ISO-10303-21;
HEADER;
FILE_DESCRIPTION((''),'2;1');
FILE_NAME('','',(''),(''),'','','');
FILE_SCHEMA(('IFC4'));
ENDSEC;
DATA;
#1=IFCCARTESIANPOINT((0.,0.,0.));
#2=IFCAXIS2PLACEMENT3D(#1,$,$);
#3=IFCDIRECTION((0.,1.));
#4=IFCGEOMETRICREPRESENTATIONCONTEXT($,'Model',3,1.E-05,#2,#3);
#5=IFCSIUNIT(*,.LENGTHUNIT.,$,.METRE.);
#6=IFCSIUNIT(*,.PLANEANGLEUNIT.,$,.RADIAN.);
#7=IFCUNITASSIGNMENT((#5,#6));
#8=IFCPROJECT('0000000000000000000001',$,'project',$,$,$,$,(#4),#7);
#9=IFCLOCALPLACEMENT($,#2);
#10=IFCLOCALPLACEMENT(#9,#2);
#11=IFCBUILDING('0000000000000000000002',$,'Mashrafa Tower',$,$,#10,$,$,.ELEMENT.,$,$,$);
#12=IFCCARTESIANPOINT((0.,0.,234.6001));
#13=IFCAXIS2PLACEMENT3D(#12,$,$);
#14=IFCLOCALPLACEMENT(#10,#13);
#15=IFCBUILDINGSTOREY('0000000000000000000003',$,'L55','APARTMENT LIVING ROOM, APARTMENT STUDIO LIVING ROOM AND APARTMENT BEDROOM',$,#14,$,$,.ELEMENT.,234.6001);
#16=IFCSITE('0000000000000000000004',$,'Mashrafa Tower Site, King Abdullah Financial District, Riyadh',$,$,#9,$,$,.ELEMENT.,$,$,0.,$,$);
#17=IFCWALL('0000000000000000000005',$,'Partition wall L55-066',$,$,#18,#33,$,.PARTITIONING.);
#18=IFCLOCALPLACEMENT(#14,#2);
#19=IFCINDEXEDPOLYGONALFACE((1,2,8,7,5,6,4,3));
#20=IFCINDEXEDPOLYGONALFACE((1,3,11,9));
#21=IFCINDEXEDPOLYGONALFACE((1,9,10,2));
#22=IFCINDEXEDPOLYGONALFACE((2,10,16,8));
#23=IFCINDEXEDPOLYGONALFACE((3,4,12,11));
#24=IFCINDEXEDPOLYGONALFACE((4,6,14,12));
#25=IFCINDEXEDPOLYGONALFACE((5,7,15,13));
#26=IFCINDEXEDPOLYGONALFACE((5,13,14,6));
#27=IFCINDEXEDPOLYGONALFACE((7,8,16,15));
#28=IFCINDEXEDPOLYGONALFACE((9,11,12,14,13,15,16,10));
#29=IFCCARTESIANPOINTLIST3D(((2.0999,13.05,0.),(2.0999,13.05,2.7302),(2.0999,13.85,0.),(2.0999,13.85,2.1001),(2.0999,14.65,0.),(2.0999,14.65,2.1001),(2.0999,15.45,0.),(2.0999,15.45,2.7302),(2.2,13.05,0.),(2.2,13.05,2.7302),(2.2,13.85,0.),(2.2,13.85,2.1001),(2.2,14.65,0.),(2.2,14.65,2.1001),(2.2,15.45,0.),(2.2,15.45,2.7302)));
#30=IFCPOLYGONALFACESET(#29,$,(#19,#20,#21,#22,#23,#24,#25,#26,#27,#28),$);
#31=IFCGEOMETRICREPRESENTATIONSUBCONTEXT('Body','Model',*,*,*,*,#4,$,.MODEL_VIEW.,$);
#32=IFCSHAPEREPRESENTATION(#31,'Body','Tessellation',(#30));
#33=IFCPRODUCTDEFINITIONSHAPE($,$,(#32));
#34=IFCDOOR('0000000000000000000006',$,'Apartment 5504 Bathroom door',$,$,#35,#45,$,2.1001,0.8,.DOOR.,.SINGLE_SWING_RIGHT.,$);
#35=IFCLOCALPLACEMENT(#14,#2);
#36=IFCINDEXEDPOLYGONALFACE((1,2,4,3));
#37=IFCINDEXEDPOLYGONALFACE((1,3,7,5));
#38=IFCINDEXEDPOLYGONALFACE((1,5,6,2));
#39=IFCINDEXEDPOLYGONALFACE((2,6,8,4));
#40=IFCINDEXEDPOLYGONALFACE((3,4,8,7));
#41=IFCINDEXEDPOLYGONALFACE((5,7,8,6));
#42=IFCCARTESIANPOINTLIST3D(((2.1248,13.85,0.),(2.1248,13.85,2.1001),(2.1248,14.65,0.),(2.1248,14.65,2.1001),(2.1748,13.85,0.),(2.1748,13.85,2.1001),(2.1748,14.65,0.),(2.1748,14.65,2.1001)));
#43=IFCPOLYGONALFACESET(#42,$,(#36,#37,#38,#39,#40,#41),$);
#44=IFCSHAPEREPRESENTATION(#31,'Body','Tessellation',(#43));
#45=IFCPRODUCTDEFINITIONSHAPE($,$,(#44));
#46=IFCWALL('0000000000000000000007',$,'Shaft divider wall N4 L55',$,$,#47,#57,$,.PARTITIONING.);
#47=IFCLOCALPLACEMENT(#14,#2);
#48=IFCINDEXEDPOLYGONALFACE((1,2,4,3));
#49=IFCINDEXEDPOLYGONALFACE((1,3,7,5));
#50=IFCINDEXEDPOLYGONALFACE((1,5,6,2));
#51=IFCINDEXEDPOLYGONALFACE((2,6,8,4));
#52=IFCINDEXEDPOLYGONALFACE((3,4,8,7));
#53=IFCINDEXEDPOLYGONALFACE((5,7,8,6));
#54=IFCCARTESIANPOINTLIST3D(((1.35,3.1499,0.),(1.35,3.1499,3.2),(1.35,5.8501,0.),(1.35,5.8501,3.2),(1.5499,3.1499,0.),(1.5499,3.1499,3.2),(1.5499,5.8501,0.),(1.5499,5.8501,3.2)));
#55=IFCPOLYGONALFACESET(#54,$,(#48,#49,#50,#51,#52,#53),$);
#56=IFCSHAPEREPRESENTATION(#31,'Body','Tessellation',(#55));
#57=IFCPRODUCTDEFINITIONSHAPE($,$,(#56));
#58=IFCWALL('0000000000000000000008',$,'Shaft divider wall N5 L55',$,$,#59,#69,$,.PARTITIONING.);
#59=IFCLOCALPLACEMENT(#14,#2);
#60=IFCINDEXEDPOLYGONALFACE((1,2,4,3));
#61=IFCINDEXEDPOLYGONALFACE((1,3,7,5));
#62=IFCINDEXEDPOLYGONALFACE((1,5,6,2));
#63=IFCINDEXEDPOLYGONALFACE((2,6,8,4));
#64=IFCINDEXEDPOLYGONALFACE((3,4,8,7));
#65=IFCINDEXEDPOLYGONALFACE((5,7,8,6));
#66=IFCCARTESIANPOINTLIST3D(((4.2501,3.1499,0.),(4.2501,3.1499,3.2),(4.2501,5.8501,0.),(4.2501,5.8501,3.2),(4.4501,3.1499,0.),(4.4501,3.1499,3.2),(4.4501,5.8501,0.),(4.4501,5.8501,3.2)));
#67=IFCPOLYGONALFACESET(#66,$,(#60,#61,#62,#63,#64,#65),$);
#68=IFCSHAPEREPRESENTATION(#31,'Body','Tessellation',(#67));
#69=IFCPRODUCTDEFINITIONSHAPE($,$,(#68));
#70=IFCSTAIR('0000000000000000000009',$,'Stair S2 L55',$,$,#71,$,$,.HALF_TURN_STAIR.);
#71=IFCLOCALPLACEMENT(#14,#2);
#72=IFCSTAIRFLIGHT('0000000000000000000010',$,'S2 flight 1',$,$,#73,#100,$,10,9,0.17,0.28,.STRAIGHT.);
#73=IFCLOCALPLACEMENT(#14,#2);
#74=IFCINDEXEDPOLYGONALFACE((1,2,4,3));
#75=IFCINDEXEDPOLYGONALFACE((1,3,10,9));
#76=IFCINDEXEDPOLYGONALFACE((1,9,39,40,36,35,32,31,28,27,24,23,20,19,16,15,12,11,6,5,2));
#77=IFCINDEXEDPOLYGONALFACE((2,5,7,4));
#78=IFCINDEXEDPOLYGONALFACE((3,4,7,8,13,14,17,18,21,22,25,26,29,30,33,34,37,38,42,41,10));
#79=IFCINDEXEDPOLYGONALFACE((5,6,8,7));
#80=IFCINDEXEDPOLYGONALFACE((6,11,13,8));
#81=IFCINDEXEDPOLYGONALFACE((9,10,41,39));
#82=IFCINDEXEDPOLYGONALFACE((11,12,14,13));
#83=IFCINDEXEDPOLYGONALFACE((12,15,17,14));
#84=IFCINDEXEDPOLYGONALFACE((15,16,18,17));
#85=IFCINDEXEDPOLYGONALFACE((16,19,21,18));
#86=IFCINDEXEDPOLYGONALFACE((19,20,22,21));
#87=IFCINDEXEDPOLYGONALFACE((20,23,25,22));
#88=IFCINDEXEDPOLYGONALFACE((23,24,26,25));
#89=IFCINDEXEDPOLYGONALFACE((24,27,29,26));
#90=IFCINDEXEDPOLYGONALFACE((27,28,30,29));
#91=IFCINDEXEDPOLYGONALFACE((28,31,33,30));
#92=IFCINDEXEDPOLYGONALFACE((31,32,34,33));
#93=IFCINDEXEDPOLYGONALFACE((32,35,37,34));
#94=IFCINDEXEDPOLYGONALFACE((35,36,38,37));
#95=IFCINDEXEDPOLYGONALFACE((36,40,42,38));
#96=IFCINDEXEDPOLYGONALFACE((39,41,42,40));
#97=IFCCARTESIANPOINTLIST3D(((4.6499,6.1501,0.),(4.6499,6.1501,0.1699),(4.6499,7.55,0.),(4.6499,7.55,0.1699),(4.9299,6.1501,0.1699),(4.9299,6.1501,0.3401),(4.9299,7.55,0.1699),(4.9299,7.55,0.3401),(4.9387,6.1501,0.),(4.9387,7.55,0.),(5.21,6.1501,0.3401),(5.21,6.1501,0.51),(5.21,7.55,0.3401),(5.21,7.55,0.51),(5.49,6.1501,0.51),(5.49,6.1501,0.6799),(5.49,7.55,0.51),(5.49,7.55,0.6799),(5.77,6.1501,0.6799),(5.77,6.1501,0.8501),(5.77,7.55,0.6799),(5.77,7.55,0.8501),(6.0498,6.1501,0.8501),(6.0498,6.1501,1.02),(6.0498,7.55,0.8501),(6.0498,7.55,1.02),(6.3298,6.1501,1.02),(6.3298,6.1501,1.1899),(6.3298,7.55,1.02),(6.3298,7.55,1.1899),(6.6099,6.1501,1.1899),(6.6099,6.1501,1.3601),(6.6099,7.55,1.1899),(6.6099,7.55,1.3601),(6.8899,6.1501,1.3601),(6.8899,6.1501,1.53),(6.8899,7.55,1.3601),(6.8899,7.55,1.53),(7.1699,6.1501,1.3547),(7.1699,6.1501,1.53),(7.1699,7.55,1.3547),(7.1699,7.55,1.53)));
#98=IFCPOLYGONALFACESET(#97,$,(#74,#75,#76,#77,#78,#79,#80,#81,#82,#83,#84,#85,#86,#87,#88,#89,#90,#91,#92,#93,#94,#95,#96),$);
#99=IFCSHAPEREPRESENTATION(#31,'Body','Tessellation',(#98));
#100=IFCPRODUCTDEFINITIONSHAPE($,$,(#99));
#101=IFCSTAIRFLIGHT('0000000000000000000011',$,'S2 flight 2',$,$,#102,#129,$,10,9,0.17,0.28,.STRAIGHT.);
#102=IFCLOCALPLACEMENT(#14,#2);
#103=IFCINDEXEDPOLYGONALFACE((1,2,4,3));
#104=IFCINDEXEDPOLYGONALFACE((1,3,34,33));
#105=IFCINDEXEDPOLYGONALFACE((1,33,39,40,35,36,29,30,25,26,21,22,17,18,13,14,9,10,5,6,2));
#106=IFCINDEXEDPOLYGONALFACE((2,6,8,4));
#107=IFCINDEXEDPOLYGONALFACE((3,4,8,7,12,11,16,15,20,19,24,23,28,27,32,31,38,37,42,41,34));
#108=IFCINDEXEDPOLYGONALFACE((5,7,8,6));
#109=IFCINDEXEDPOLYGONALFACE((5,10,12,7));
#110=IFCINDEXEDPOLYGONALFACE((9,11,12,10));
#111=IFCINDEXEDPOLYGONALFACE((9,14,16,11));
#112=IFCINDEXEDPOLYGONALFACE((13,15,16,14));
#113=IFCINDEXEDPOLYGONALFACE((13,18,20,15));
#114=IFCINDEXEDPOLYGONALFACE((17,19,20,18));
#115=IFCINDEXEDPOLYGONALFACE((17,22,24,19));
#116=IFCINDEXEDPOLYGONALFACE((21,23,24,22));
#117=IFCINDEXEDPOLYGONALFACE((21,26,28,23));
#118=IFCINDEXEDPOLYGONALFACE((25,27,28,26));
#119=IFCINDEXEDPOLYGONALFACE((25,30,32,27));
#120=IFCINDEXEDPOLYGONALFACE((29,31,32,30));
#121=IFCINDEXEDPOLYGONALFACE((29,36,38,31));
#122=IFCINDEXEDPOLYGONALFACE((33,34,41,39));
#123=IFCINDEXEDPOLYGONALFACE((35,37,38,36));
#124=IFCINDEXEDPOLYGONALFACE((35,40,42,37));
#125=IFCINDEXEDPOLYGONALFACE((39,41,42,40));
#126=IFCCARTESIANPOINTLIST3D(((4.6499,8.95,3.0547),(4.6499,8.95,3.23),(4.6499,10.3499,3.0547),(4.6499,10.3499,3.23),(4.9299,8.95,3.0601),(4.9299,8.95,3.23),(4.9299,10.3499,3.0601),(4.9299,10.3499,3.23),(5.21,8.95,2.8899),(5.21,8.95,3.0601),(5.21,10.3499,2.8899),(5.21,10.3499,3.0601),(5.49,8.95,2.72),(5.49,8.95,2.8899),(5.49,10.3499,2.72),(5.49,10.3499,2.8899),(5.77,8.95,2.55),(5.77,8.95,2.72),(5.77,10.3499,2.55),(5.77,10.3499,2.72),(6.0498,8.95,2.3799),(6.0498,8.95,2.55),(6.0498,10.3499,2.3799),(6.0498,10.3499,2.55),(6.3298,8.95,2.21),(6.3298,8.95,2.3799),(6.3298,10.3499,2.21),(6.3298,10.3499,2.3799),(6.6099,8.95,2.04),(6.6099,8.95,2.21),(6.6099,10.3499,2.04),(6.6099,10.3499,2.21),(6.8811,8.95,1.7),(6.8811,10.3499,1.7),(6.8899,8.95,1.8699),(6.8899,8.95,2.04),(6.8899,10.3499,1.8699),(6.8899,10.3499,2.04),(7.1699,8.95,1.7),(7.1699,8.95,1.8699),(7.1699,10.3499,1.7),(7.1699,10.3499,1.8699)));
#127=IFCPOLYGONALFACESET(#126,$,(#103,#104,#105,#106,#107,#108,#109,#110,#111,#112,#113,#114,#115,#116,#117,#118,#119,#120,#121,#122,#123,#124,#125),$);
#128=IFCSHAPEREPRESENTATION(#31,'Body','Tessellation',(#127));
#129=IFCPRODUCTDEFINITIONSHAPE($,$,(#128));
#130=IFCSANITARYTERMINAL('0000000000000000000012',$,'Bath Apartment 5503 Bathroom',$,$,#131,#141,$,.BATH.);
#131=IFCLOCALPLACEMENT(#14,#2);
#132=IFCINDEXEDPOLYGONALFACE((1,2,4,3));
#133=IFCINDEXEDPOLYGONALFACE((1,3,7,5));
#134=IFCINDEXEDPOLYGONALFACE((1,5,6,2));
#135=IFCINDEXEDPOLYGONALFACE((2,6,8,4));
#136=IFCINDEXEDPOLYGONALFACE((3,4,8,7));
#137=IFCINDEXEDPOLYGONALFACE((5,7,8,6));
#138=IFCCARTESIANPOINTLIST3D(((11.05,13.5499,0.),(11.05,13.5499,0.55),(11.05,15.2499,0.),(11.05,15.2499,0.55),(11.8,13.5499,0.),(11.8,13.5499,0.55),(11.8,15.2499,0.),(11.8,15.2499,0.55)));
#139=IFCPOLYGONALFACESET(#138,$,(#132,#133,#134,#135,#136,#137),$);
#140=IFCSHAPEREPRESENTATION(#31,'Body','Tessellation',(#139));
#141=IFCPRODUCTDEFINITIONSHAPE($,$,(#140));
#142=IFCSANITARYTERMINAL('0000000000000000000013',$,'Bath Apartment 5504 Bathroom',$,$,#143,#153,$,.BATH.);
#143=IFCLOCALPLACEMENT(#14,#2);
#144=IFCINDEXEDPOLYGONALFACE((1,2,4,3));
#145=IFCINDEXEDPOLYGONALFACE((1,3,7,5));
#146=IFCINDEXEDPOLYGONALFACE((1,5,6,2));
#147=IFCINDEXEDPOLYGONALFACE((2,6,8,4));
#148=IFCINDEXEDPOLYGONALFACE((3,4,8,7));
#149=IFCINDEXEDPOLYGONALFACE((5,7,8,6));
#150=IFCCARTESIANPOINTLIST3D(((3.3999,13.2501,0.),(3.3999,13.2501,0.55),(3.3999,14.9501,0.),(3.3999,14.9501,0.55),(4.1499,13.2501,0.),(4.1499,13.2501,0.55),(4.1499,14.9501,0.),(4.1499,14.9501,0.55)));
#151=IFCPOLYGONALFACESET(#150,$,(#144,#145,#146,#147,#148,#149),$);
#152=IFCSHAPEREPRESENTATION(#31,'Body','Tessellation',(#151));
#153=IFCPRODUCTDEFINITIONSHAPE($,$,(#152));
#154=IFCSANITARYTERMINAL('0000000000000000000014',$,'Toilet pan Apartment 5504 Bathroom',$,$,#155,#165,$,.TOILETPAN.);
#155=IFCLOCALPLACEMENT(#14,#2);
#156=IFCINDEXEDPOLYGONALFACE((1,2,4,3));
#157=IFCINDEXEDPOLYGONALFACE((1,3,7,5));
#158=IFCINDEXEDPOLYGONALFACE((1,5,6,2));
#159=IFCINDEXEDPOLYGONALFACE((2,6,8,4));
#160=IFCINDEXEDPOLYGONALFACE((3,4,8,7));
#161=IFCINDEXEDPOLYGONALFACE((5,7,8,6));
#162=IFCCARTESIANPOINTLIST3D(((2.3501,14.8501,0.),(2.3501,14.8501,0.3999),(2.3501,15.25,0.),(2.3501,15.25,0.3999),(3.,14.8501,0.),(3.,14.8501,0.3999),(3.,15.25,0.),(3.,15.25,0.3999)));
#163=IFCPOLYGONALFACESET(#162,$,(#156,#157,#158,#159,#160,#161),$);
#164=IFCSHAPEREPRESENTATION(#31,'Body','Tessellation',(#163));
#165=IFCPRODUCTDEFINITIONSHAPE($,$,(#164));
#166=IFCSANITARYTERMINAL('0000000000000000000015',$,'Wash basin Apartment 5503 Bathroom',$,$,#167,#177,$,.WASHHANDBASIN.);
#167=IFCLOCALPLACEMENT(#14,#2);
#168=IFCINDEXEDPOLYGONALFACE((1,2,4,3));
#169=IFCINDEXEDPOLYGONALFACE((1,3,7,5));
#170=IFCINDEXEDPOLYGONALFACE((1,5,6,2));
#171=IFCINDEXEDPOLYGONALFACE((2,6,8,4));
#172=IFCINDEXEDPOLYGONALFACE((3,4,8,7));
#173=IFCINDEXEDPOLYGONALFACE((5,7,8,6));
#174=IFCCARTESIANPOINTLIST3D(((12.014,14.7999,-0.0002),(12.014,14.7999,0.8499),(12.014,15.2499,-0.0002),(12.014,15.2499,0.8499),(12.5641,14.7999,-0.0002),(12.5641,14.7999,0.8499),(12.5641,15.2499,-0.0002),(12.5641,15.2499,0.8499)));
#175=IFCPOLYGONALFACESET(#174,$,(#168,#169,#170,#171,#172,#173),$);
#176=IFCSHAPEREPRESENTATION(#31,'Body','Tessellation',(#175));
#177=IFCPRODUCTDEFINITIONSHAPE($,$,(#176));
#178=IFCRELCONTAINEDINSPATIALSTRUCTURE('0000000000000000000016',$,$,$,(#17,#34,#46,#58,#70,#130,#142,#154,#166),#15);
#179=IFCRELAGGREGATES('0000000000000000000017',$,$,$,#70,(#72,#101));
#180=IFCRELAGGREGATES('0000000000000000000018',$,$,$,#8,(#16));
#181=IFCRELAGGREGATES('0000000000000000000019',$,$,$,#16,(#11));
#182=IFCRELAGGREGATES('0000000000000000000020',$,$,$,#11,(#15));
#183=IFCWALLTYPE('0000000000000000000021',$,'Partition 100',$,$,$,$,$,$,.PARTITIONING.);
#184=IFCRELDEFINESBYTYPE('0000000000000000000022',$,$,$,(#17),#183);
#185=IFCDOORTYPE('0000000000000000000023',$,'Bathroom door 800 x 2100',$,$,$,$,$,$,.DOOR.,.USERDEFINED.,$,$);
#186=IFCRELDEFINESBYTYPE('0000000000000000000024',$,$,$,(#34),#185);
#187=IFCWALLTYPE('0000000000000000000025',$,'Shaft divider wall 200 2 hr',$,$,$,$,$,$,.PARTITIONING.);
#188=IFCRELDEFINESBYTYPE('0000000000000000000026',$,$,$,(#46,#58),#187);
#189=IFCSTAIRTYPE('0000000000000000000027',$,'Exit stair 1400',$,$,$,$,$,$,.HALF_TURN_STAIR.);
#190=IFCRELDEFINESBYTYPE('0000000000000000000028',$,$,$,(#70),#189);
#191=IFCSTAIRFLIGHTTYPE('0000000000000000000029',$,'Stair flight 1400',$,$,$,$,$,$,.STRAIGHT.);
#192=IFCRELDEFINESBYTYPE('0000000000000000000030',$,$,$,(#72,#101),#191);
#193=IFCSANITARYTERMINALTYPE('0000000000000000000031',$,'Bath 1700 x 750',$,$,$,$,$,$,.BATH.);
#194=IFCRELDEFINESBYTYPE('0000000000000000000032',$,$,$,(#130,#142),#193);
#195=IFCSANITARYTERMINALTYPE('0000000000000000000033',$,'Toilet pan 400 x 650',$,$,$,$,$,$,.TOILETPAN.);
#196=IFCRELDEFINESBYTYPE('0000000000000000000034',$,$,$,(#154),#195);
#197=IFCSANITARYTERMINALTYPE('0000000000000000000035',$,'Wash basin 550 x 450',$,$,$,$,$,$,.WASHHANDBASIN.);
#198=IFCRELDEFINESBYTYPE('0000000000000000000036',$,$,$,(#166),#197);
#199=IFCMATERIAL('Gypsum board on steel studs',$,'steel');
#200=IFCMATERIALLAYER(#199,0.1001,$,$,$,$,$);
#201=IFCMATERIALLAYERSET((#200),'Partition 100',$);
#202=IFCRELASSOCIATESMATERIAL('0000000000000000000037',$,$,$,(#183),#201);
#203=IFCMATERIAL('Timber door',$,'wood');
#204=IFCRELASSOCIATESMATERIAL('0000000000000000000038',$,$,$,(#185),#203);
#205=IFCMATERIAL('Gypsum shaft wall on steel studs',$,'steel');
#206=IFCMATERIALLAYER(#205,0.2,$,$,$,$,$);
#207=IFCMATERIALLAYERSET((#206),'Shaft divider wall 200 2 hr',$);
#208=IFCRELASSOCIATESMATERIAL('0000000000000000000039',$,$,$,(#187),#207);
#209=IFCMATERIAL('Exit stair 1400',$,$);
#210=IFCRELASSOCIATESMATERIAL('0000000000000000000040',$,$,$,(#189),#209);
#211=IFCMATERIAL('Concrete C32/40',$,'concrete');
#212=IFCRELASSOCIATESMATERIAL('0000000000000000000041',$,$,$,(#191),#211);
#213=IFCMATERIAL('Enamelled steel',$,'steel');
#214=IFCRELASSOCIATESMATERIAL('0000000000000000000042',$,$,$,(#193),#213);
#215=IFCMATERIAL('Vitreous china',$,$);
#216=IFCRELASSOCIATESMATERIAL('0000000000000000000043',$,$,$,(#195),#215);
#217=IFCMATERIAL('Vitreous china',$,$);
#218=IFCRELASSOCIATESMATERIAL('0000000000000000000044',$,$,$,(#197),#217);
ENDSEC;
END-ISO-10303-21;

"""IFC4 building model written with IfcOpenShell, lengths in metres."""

from ifc_helpers import new_model, si_unit, direction, frame, frame_2d, origin, origin_2d, place, context, subcontext, project, spatial, polyline, rectangle, outline, extrude, material, layer, layer_set, type_object, element, fill, aggregate, save


model = new_model("IFC4")

# Units and contexts
model_context = context("Model", 3, precision=1e-05, world=origin(), true_north=direction((0.0, 1.0)))
body_context = subcontext(model_context, "Body", "Model", "MODEL_VIEW")
ifc_project = project(units=[si_unit("LENGTHUNIT", "METRE"), si_unit("PLANEANGLEUNIT", "RADIAN")], contexts=[model_context])

# Site, building, storey
site_placement = place(None, origin())
site = spatial("IfcSite", under=ifc_project, at=site_placement, Name="Mashrafa Tower Site, King Abdullah Financial District, Riyadh", CompositionType="ELEMENT", RefElevation=0.0)
building_placement = place(site_placement, origin())
building = spatial("IfcBuilding", under=site, at=building_placement, Name="Mashrafa Tower", CompositionType="ELEMENT")
storey_placement = place(building_placement, frame((0.0, 0.0, 234.6001)))
storey = spatial("IfcBuildingStorey", under=building, at=storey_placement, Name="L55", Description="APARTMENT LIVING ROOM, APARTMENT STUDIO LIVING ROOM AND APARTMENT BEDROOM", CompositionType="ELEMENT", Elevation=234.6001)

# Shared definitions
ifc_material_1 = material(Name="Gypsum board on steel studs", Category="steel")
ifc_layer_1 = layer(ifc_material_1, 0.1001)
ifc_layer_set_1 = layer_set([ifc_layer_1], Name="Partition 100")
wall_type_1 = type_object("IfcWallType", Name="Partition 100", PredefinedType="PARTITIONING", material=ifc_layer_set_1)

# Wall, opening, door
wall_1_placement = place(storey_placement, frame((2.1499, 15.45, 0.0), z_axis=(0.0, 0.0, 1.0), x_axis=(0.0, -1.0, 0.0)))
wall_1 = element("IfcWall", 1, at=wall_1_placement, inside=storey, type_object=wall_type_1, Name="Partition wall L55-066", PredefinedType="PARTITIONING", context=body_context, shape_type="SweptSolid", body=[
    extrude(rectangle(XDim=2.3999, YDim=0.1001, at=frame_2d((1.2, 0.0))), origin(), (0.0, 0.0, 1.0), 2.7302),
])
opening_1_placement = place(wall_1_placement, frame((0.8, 0.0, 0.0)))
opening_1 = element("IfcOpeningElement", 2, at=opening_1_placement, cuts=wall_1, PredefinedType="OPENING", context=body_context, shape_type="SweptSolid", body=[
    extrude(rectangle(XDim=0.8, YDim=2.1001, at=frame_2d((0.3999, 1.05))), frame((0.0, 0.0601, 0.0), z_axis=(0.0, -1.0, 0.0), x_axis=(1.0, 0.0, 0.0)), (0.0, 0.0, 1.0), 0.1201),
])
ifc_material_2 = material(Name="Timber door", Category="wood")
door_type_1 = type_object("IfcDoorType", Name="Bathroom door 800 x 2100", OperationType="USERDEFINED", PredefinedType="DOOR", material=ifc_material_2)
door_1_placement = place(opening_1_placement, origin())
door_1 = element("IfcDoor", 3, at=door_1_placement, inside=storey, type_object=door_type_1, Name="Apartment 5504 Bathroom door", OperationType="SINGLE_SWING_RIGHT", OverallHeight=2.1001, OverallWidth=0.8, PredefinedType="DOOR", context=body_context, shape_type="SweptSolid", body=[
    extrude(rectangle(XDim=0.8, YDim=2.1001, at=frame_2d((0.3999, 1.05))), frame((0.0, 0.0249, 0.0), z_axis=(0.0, -1.0, 0.0), x_axis=(1.0, 0.0, 0.0)), (0.0, 0.0, 1.0), 0.05),
])
fill(opening_1, door_1)

# Walls
ifc_material_3 = material(Name="Gypsum shaft wall on steel studs", Category="steel")
ifc_layer_2 = layer(ifc_material_3, 0.2)
ifc_layer_set_2 = layer_set([ifc_layer_2], Name="Shaft divider wall 200 2 hr")
wall_type_2 = type_object("IfcWallType", Name="Shaft divider wall 200 2 hr", PredefinedType="PARTITIONING", material=ifc_layer_set_2)
for number, where, z_axis, x_axis, name in (
    (4, (1.45, 3.1499, 0.0), (0.0, 0.0, 1.0), (0.0, 1.0, 0.0), "Shaft divider wall N4 L55"),
    (5, (4.3501, 3.1499, 0.0), (0.0, 0.0, 1.0), (0.0, 1.0, 0.0), "Shaft divider wall N5 L55"),
):
    element("IfcWall", number, at=place(storey_placement, frame(where, z_axis=z_axis, x_axis=x_axis)), inside=storey, type_object=wall_type_2, Name=name, PredefinedType="PARTITIONING", context=body_context, shape_type="SweptSolid", body=[
        extrude(rectangle(XDim=2.7002, YDim=0.2, at=frame_2d((1.3501, 0.0))), origin(), (0.0, 0.0, 1.0), 3.2),
    ])

# Stair, stair flights
ifc_material_4 = material(Name="Exit stair 1400")
stair_type = type_object("IfcStairType", Name="Exit stair 1400", PredefinedType="HALF_TURN_STAIR", material=ifc_material_4)
stair_placement = place(storey_placement, origin())
stair = element("IfcStair", 6, at=stair_placement, inside=storey, type_object=stair_type, Name="Stair S2 L55", PredefinedType="HALF_TURN_STAIR")
ifc_material_5 = material(Name="Concrete C32/40", Category="concrete")
stair_flight_type = type_object("IfcStairFlightType", Name="Stair flight 1400", PredefinedType="STRAIGHT", material=ifc_material_5)
stair_flight_1_placement = place(storey_placement, frame((4.6499, 6.8501, 0.0), z_axis=(0.0, 0.0, 1.0), x_axis=(1.0, 0.0, 0.0)))
stair_flight_1 = element("IfcStairFlight", 7, at=stair_flight_1_placement, type_object=stair_flight_type, Name="S2 flight 1", NumberOfRisers=10, NumberOfTreads=9, PredefinedType="STRAIGHT", RiserHeight=0.17, TreadLength=0.28, context=body_context, shape_type="SweptSolid", body=[
    extrude(outline(polyline([(0.0, 0.0), (0.0, 0.1699), (0.28, 0.1699), (0.28, 0.3401), (0.5601, 0.3401), (0.5601, 0.51), (0.8401, 0.51), (0.8401, 0.6799), (1.1201, 0.6799), (1.1201, 0.8501), (1.3999, 0.8501), (1.3999, 1.02), (1.6799, 1.02), (1.6799, 1.1899), (1.96, 1.1899), (1.96, 1.3601), (2.24, 1.3601), (2.24, 1.53), (2.52, 1.53), (2.52, 1.7), (2.52, 1.3547), (0.2888, 0.0), (0.0, 0.0)])), frame((0.0, 0.7, 0.0), z_axis=(0.0, -1.0, 0.0), x_axis=(1.0, 0.0, 0.0)), (0.0, 0.0, 1.0), 1.3999),
])
stair_flight_2_placement = place(storey_placement, frame((7.1699, 9.6499, 1.7), z_axis=(0.0, 0.0, 1.0), x_axis=(-1.0, 0.0, 0.0)))
stair_flight_2 = element("IfcStairFlight", 8, at=stair_flight_2_placement, type_object=stair_flight_type, Name="S2 flight 2", NumberOfRisers=10, NumberOfTreads=9, PredefinedType="STRAIGHT", RiserHeight=0.17, TreadLength=0.28, context=body_context, shape_type="SweptSolid", body=[
    extrude(outline(polyline([(0.0, 0.0), (0.0, 0.1699), (0.28, 0.1699), (0.28, 0.3401), (0.5601, 0.3401), (0.5601, 0.51), (0.8401, 0.51), (0.8401, 0.6799), (1.1201, 0.6799), (1.1201, 0.8501), (1.3999, 0.8501), (1.3999, 1.02), (1.6799, 1.02), (1.6799, 1.1899), (1.96, 1.1899), (1.96, 1.3601), (2.24, 1.3601), (2.24, 1.53), (2.52, 1.53), (2.52, 1.7), (2.52, 1.3547), (0.2888, 0.0), (0.0, 0.0)])), frame((0.0, 0.7, 0.0), z_axis=(0.0, -1.0, 0.0), x_axis=(1.0, 0.0, 0.0)), (0.0, 0.0, 1.0), 1.3999),
])
aggregate(stair, [stair_flight_1, stair_flight_2])

# Sanitary terminals
ifc_material_6 = material(Name="Enamelled steel", Category="steel")
sanitary_terminal_type_1 = type_object("IfcSanitaryTerminalType", Name="Bath 1700 x 750", PredefinedType="BATH", material=ifc_material_6)
for number, where, z_axis, x_axis, name in (
    (9, (11.425, 14.3999, 0.0), (0.0, 0.0, 1.0), (0.0, -1.0, 0.0), "Bath Apartment 5503 Bathroom"),
    (10, (3.7749, 14.1001, 0.0), (0.0, 0.0, 1.0), (0.0, 1.0, 0.0), "Bath Apartment 5504 Bathroom"),
):
    element("IfcSanitaryTerminal", number, at=place(storey_placement, frame(where, z_axis=z_axis, x_axis=x_axis)), inside=storey, type_object=sanitary_terminal_type_1, Name=name, PredefinedType="BATH", context=body_context, shape_type="SweptSolid", body=[
        extrude(rectangle(XDim=1.7, YDim=0.75, at=origin_2d()), origin(), (0.0, 0.0, 1.0), 0.55),
    ])
ifc_material_7 = material(Name="Vitreous china")
sanitary_terminal_type_2 = type_object("IfcSanitaryTerminalType", Name="Toilet pan 400 x 650", PredefinedType="TOILETPAN", material=ifc_material_7)
sanitary_terminal_placement = place(storey_placement, frame((2.675, 15.05, 0.0), z_axis=(0.0, 0.0, 1.0), x_axis=(0.0, -1.0, 0.0)))
element("IfcSanitaryTerminal", 11, at=sanitary_terminal_placement, inside=storey, type_object=sanitary_terminal_type_2, Name="Toilet pan Apartment 5504 Bathroom", PredefinedType="TOILETPAN", context=body_context, shape_type="SweptSolid", body=[
    extrude(rectangle(XDim=0.3999, YDim=0.6499, at=origin_2d()), origin(), (0.0, 0.0, 1.0), 0.3999),
])
ifc_material_8 = material(Name="Vitreous china")
sanitary_terminal_type_3 = type_object("IfcSanitaryTerminalType", Name="Wash basin 550 x 450", PredefinedType="WASHHANDBASIN", material=ifc_material_8)
for number, where, z_axis, x_axis, name in (
    (12, (12.2891, 15.0249, -0.0002), (0.0, 0.0, 1.0), (-1.0, 0.0, 0.0), "Wash basin Apartment 5503 Bathroom"),
):
    element("IfcSanitaryTerminal", number, at=place(storey_placement, frame(where, z_axis=z_axis, x_axis=x_axis)), inside=storey, type_object=sanitary_terminal_type_3, Name=name, PredefinedType="WASHHANDBASIN", context=body_context, shape_type="SweptSolid", body=[
        extrude(rectangle(XDim=0.55, YDim=0.45, at=origin_2d()), origin(), (0.0, 0.0, 1.0), 0.8501),
    ])

save(model, "model.ifc")
